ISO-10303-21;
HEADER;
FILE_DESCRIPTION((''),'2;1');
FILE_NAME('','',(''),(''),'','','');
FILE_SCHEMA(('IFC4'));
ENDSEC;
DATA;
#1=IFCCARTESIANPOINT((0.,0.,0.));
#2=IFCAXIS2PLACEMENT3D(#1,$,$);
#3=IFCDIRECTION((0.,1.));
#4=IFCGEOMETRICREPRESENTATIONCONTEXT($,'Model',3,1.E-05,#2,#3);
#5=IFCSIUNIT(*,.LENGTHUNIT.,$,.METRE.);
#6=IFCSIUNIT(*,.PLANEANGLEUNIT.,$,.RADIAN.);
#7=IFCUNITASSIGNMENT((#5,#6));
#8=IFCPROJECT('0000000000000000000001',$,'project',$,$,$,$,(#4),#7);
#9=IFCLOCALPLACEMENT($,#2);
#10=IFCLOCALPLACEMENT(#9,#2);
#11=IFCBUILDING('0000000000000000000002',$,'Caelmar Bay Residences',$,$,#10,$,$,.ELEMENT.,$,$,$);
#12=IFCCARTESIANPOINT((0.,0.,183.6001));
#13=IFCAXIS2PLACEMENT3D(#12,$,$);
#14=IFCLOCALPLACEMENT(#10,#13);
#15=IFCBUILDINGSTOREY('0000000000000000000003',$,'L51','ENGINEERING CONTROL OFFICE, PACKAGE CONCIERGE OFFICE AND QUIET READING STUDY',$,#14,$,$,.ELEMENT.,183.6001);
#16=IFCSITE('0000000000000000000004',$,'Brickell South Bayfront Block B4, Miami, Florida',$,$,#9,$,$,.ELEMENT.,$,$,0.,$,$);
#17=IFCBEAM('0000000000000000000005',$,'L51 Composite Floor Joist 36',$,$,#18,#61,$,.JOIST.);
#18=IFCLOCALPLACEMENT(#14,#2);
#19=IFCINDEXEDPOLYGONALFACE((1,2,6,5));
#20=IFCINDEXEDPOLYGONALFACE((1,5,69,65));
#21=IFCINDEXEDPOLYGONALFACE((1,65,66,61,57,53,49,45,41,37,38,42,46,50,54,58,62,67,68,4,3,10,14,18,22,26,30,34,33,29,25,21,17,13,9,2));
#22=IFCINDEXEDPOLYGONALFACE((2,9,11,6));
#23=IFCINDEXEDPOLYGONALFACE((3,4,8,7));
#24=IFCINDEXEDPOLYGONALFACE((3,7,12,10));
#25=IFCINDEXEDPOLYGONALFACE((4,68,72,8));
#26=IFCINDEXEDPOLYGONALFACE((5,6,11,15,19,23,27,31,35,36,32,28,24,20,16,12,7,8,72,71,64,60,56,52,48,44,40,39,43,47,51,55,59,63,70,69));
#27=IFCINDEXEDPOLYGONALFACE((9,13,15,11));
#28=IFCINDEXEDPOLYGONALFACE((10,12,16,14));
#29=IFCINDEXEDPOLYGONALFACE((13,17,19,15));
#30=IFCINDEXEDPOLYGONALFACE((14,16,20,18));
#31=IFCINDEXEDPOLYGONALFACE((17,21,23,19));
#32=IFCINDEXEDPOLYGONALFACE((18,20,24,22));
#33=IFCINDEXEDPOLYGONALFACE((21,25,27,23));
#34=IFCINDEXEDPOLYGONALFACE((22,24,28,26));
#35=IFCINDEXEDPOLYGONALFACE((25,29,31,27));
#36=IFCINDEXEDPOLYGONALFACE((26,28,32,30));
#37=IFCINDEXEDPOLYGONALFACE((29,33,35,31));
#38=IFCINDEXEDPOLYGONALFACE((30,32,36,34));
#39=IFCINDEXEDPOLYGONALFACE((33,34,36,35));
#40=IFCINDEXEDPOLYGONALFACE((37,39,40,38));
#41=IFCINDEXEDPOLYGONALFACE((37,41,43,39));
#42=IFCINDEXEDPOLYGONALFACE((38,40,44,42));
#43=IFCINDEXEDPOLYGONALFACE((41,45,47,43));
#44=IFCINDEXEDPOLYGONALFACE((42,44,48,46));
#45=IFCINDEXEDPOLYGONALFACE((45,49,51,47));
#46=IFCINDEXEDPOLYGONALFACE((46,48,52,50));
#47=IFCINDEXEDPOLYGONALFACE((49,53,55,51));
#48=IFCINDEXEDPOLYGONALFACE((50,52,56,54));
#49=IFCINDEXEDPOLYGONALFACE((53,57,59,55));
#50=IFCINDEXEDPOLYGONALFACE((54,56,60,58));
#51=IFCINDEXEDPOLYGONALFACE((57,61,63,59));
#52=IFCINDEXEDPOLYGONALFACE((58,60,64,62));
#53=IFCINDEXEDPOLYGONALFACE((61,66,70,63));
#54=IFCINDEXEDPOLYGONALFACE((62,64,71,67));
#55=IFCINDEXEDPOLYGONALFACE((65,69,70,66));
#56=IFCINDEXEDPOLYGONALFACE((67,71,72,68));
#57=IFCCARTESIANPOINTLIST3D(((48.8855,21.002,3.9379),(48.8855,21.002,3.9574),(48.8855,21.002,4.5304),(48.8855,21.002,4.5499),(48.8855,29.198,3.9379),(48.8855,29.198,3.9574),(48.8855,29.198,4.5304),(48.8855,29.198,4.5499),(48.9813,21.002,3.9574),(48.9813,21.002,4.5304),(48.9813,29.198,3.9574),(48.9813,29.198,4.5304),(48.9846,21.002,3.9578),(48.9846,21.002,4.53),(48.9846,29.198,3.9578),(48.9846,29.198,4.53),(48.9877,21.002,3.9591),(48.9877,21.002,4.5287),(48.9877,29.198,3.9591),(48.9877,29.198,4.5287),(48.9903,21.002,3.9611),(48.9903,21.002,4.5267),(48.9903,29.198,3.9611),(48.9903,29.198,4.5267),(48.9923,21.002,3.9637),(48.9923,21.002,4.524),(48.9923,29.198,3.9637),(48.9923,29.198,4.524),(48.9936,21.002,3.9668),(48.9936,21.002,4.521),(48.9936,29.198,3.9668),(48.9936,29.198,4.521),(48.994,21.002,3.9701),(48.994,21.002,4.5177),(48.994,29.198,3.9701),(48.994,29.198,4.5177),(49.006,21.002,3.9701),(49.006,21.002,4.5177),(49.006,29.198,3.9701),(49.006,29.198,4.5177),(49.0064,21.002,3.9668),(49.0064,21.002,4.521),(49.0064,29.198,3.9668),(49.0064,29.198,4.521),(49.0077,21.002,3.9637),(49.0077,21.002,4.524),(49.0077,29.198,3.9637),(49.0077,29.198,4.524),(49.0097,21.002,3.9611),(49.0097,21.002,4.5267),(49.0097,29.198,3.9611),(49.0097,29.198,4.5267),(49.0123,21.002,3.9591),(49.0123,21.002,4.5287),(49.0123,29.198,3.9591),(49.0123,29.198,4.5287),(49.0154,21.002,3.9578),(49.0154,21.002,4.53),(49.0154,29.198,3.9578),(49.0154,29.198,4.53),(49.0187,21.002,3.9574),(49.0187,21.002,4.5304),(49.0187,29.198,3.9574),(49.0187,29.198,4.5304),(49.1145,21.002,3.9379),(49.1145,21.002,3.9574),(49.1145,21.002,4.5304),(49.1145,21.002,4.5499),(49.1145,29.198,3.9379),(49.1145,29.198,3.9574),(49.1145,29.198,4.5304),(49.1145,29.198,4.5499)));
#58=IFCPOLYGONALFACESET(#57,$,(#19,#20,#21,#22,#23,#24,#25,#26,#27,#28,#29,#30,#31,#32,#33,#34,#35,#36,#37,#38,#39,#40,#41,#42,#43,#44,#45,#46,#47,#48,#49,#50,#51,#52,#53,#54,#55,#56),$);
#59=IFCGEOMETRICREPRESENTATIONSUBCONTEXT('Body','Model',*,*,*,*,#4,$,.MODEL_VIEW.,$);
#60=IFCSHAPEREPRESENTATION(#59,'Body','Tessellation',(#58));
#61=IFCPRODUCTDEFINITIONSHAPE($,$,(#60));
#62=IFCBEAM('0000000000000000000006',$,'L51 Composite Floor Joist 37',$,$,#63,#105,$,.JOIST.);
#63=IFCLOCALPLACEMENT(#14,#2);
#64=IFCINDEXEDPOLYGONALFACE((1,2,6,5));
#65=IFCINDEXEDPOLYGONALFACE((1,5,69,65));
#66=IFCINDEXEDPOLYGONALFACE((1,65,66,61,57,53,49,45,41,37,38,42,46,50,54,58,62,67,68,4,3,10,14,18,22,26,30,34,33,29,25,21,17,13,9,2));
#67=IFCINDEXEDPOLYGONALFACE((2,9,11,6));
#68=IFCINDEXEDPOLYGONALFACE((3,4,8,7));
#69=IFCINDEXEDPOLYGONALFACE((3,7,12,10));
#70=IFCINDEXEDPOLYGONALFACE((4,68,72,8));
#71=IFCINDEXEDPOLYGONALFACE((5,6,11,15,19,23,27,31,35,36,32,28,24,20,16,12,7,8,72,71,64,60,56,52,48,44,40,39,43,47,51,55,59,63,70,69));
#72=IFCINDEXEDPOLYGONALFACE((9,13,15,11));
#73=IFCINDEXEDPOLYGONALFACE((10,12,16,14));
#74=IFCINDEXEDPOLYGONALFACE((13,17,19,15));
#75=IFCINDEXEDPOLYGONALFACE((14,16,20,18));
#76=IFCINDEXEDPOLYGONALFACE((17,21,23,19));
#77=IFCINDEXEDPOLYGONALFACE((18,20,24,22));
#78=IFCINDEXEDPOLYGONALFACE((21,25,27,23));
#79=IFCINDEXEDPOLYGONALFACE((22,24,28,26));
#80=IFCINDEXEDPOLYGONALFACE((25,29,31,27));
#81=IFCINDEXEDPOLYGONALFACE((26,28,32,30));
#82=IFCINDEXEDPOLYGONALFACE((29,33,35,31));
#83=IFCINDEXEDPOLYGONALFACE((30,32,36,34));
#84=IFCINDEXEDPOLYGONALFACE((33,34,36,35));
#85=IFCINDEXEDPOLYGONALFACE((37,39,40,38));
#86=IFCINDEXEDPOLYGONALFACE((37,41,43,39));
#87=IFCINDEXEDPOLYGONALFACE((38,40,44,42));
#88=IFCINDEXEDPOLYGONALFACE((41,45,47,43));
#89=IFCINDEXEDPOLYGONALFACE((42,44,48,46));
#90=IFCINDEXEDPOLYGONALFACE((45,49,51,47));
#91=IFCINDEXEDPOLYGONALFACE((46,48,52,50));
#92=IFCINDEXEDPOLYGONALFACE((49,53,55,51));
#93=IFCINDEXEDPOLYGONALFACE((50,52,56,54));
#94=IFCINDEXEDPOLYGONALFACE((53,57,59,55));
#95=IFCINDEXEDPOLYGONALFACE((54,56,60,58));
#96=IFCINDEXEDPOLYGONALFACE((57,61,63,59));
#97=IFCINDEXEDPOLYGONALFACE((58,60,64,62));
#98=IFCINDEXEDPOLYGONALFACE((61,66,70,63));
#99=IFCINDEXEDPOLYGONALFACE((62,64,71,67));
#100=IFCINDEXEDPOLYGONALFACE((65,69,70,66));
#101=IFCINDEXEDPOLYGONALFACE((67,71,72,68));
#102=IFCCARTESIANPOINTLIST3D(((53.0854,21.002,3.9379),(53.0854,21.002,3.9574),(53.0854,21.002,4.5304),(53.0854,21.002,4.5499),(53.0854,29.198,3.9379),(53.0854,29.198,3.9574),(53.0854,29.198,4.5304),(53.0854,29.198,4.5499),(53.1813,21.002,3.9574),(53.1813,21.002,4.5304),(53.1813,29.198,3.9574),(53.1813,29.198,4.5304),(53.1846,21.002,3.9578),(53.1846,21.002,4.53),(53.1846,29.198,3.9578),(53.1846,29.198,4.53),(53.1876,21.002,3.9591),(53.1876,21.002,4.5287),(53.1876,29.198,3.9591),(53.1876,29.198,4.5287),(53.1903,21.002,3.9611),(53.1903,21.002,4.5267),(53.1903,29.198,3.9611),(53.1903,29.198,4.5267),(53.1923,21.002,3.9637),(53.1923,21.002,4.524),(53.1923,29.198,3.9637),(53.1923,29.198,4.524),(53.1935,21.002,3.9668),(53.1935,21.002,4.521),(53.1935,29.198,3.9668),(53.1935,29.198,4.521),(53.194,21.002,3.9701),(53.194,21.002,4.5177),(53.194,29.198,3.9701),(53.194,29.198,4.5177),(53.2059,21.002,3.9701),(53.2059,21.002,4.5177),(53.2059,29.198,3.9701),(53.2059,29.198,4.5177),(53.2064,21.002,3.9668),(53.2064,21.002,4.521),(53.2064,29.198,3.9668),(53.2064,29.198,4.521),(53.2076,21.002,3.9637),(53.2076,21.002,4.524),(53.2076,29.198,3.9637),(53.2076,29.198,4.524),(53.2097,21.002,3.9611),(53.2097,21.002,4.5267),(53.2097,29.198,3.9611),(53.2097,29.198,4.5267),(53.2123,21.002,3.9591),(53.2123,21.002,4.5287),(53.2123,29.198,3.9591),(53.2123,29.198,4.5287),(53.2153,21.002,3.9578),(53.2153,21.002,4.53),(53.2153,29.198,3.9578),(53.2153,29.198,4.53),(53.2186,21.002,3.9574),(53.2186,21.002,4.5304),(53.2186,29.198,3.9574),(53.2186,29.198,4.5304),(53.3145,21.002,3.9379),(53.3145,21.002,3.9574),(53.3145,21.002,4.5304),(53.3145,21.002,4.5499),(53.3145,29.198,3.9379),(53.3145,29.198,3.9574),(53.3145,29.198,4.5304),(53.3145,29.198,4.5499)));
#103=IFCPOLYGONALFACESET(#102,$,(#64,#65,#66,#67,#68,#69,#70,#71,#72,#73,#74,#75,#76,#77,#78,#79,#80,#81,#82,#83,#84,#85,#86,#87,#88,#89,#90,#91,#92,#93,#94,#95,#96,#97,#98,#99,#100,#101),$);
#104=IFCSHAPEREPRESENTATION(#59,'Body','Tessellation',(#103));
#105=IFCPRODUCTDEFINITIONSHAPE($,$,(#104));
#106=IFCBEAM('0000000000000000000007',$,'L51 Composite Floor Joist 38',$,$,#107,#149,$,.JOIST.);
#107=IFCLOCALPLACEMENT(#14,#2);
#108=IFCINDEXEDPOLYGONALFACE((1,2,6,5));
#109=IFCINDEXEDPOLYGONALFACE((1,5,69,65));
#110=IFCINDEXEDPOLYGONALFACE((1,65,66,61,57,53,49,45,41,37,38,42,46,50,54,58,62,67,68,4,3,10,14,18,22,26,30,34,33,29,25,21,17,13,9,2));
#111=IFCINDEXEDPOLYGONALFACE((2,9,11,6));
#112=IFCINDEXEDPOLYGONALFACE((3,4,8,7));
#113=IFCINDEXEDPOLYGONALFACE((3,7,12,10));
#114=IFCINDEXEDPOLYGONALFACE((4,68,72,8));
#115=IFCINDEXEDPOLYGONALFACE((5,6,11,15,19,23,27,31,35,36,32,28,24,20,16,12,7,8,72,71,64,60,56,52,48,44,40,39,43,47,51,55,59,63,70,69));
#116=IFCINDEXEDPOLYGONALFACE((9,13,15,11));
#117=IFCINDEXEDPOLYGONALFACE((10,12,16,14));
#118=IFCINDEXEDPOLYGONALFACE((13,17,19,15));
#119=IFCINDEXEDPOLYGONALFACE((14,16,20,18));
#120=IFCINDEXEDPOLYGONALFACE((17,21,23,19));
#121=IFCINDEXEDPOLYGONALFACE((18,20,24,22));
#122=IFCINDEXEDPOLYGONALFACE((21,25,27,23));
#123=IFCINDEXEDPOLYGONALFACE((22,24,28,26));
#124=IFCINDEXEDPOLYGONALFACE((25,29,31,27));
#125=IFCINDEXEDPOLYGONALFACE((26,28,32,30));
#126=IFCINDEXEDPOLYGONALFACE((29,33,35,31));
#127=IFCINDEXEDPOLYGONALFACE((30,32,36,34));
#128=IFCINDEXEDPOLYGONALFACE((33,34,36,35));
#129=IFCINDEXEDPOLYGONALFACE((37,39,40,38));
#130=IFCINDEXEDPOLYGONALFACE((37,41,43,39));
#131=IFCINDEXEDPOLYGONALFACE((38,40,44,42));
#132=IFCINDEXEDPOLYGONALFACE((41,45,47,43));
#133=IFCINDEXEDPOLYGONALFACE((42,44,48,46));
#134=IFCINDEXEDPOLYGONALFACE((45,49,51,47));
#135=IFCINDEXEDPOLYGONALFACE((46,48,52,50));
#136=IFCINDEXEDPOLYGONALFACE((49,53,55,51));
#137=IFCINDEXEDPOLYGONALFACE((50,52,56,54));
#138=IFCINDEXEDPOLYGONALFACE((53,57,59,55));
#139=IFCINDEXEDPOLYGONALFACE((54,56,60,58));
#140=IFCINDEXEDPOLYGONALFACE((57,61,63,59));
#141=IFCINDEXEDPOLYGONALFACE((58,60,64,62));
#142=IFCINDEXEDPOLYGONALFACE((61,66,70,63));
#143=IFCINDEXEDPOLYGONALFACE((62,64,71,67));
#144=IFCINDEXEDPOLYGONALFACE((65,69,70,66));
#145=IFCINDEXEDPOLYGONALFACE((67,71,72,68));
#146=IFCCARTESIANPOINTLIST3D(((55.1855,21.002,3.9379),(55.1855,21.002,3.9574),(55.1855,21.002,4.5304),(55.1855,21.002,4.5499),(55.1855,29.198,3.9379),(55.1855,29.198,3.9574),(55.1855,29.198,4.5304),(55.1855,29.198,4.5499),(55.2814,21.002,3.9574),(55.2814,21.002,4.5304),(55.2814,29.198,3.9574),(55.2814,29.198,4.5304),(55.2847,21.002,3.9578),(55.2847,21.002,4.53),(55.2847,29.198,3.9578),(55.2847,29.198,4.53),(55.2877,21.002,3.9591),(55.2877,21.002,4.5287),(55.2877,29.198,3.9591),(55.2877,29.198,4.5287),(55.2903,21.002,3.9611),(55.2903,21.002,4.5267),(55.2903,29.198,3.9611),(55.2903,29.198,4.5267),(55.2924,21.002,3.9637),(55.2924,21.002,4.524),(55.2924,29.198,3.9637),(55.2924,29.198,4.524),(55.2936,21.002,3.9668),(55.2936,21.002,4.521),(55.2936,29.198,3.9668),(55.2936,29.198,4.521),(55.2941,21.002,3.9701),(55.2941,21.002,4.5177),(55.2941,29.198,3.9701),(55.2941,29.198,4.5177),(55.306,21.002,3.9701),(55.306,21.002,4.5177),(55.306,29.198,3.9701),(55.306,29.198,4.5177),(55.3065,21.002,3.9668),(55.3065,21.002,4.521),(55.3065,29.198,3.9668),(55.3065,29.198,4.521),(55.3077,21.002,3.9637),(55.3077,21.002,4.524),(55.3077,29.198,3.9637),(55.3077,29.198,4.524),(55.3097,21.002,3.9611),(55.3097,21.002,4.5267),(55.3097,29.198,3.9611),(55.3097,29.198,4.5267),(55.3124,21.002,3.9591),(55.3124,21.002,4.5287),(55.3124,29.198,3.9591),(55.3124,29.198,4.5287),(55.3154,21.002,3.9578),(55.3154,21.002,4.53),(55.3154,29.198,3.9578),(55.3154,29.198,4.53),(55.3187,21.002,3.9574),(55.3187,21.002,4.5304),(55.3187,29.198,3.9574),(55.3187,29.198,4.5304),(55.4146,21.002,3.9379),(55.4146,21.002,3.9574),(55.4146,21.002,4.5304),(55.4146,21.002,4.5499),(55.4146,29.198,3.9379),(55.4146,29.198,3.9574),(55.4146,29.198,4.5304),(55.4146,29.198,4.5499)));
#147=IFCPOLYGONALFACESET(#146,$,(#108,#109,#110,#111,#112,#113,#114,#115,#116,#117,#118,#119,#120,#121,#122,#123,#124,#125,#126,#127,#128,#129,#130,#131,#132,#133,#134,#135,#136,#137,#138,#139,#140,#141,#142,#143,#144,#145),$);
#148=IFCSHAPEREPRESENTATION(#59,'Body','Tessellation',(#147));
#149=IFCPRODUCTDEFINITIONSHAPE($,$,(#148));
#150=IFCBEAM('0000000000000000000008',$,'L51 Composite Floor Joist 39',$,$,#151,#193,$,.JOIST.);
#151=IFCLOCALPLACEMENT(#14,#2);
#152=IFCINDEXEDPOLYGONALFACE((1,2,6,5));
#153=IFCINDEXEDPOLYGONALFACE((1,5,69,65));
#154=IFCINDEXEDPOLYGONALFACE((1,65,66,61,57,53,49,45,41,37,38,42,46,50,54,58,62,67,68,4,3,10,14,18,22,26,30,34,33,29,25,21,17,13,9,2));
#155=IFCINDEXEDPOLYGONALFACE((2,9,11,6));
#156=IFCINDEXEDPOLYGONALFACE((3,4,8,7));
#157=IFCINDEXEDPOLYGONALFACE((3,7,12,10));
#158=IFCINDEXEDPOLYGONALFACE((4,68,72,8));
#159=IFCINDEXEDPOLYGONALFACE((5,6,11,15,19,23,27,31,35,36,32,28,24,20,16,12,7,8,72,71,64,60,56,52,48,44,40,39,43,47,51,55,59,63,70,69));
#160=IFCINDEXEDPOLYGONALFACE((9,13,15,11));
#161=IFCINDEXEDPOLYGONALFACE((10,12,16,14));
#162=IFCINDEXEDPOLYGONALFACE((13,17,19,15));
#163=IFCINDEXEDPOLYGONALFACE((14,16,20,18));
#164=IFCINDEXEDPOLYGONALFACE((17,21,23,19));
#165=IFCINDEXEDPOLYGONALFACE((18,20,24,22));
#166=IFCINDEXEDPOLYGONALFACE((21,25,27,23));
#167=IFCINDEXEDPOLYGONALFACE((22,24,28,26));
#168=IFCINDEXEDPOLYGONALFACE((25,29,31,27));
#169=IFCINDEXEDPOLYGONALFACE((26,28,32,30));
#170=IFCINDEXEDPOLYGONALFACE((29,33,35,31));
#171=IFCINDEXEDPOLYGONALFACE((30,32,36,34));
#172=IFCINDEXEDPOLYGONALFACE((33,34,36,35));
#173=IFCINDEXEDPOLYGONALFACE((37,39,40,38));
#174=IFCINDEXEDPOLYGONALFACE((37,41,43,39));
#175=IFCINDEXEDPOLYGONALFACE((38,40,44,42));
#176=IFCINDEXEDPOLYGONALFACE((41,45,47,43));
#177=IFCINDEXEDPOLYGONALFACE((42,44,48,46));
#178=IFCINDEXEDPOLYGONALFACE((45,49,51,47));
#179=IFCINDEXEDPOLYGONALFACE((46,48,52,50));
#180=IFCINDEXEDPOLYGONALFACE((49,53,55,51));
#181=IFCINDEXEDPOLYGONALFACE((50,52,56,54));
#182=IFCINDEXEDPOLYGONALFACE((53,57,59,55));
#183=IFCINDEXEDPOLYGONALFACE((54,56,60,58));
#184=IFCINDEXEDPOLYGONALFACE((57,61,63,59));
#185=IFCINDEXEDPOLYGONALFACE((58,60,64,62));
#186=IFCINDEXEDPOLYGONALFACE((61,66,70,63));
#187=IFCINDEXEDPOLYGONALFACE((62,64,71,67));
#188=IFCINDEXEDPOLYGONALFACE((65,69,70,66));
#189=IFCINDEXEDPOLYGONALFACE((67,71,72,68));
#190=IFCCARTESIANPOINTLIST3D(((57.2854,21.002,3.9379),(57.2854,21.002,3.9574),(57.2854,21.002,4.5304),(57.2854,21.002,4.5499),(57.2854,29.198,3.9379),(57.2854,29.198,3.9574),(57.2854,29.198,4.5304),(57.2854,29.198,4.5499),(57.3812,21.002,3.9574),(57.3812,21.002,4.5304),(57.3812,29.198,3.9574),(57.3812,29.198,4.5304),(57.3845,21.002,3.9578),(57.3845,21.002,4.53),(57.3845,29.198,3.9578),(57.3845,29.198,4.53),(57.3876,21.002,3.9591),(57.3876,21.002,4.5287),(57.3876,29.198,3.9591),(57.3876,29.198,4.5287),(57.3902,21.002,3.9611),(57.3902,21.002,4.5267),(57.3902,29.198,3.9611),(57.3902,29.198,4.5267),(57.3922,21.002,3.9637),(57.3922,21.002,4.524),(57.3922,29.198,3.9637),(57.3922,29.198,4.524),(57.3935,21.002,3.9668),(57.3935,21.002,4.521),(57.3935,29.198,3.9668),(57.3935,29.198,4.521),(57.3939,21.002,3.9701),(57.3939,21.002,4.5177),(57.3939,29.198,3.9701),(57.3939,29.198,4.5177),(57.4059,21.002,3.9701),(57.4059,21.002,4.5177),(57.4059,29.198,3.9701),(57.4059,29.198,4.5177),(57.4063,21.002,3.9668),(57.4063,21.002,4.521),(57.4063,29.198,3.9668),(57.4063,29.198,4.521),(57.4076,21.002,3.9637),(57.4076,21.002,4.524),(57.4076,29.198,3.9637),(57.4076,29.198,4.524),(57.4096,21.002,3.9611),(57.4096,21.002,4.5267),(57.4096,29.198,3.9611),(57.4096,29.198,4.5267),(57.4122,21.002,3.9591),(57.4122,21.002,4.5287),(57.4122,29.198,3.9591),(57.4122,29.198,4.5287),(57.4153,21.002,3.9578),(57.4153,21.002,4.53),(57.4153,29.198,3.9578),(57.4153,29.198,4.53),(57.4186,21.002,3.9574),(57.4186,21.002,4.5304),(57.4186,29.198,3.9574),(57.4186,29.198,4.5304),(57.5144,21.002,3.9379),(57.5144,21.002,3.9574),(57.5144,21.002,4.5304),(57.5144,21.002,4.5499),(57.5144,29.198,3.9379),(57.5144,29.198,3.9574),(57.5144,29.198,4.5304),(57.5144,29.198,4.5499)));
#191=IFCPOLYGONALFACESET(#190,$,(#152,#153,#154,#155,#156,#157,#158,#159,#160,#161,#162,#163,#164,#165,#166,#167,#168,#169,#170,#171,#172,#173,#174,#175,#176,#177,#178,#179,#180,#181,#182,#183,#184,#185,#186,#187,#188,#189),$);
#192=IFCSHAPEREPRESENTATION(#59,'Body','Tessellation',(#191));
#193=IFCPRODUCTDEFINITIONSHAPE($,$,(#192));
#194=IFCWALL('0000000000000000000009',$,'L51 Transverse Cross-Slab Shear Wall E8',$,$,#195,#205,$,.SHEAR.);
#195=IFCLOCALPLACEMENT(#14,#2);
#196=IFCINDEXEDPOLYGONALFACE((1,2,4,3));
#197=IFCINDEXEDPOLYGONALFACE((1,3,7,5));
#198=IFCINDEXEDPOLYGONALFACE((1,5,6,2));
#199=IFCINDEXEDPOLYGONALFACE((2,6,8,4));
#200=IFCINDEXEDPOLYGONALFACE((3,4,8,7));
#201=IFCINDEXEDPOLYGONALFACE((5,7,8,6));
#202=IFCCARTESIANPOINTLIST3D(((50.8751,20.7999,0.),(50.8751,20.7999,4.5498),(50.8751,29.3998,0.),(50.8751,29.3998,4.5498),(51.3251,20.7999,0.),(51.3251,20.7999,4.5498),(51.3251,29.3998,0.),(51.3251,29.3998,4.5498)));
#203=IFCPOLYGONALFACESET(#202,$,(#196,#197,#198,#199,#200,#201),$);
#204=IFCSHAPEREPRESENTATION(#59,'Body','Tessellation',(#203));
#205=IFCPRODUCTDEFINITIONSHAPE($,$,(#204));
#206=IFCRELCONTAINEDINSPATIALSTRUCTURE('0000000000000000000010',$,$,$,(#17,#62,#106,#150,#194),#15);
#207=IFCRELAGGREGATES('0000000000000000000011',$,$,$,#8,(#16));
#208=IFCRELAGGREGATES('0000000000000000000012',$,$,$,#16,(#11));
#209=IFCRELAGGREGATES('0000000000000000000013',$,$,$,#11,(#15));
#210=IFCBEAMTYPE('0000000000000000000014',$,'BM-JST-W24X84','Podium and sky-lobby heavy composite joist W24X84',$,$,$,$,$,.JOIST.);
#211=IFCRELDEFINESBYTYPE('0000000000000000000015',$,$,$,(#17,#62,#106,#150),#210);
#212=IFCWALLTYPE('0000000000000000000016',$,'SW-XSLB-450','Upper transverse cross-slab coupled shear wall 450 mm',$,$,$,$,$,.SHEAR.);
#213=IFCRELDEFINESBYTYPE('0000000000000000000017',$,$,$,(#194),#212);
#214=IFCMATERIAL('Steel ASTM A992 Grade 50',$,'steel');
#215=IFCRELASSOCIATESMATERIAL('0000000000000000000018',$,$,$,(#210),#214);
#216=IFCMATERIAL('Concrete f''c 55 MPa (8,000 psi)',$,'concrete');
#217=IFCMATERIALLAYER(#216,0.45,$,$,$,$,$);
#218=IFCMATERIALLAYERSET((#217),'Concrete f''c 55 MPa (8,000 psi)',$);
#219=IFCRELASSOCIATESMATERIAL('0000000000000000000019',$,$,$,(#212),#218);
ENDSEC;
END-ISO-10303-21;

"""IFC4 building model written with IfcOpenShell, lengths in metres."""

from ifc_helpers import new_model, si_unit, direction, frame, frame_2d, origin, origin_2d, place, context, subcontext, project, spatial, rectangle, i_section, extrude, material, layer, layer_set, material_profile, profile_set, type_object, element, save


model = new_model("IFC4")

# Units and contexts
model_context = context("Model", 3, precision=1e-05, world=origin(), true_north=direction((0.0, 1.0)))
body_context = subcontext(model_context, "Body", "Model", "MODEL_VIEW")
ifc_project = project(units=[si_unit("LENGTHUNIT", "METRE"), si_unit("PLANEANGLEUNIT", "RADIAN")], contexts=[model_context])

# Site, building, storey
site_placement = place(None, origin())
site = spatial("IfcSite", under=ifc_project, at=site_placement, Name="Brickell South Bayfront Block B4, Miami, Florida", CompositionType="ELEMENT", RefElevation=0.0)
building_placement = place(site_placement, origin())
building = spatial("IfcBuilding", under=site, at=building_placement, Name="Caelmar Bay Residences", CompositionType="ELEMENT")
storey_placement = place(building_placement, frame((0.0, 0.0, 183.6001)))
storey = spatial("IfcBuildingStorey", under=building, at=storey_placement, Name="L51", Description="ENGINEERING CONTROL OFFICE, PACKAGE CONCIERGE OFFICE AND QUIET READING STUDY", CompositionType="ELEMENT", Elevation=183.6001)

# Shared definitions
ifc_material_1 = material(Name="Concrete f'c 55 MPa (8,000 psi)", Category="concrete")

# Beams
ifc_material_2 = material(Name="Steel ASTM A992 Grade 50", Category="steel")
ifc_material_profile_1 = material_profile(ifc_material_2, i_section(OverallWidth=0.229, OverallDepth=0.6121, WebThickness=0.012, FlangeThickness=0.0195, FilletRadius=0.0127, at=origin_2d()), Name="W24X84")
ifc_profile_set_1 = profile_set([ifc_material_profile_1], Name="Steel ASTM A992 Grade 50")
beam_type_1 = type_object("IfcBeamType", Name="BM-JST-W24X84", Description="Podium and sky-lobby heavy composite joist W24X84", PredefinedType="JOIST", material=ifc_profile_set_1)
for number, where, z_axis, x_axis, name in (
    (1, (49.0, 21.002, 4.2439), (0.0, 1.0, 0.0), (-1.0, 0.0, 0.0), "L51 Composite Floor Joist 36"),
    (2, (53.2, 21.002, 4.2439), (0.0, 1.0, 0.0), (-1.0, 0.0, 0.0), "L51 Composite Floor Joist 37"),
    (3, (55.3, 21.002, 4.2439), (0.0, 1.0, 0.0), (-1.0, 0.0, 0.0), "L51 Composite Floor Joist 38"),
    (4, (57.3999, 21.002, 4.2439), (0.0, 1.0, 0.0), (-1.0, 0.0, 0.0), "L51 Composite Floor Joist 39"),
):
    element("IfcBeam", number, at=place(storey_placement, frame(where, z_axis=z_axis, x_axis=x_axis)), inside=storey, type_object=beam_type_1, Name=name, PredefinedType="JOIST", context=body_context, shape_type="SweptSolid", body=[
        extrude(i_section(OverallWidth=0.229, OverallDepth=0.6121, WebThickness=0.012, FlangeThickness=0.0195, FilletRadius=0.0127, at=origin_2d()), origin(), (0.0, 0.0, 1.0), 8.196),
    ])

# Wall
ifc_layer_1 = layer(ifc_material_1, 0.45)
ifc_layer_set_1 = layer_set([ifc_layer_1], Name="Concrete f'c 55 MPa (8,000 psi)")
wall_type_1 = type_object("IfcWallType", Name="SW-XSLB-450", Description="Upper transverse cross-slab coupled shear wall 450 mm", PredefinedType="SHEAR", material=ifc_layer_set_1)
wall_1_placement = place(storey_placement, frame((51.1001, 20.8, 0.0), z_axis=(0.0, 0.0, 1.0), x_axis=(0.0, 1.0, 0.0)))
element("IfcWall", 5, at=wall_1_placement, inside=storey, type_object=wall_type_1, Name="L51 Transverse Cross-Slab Shear Wall E8", PredefinedType="SHEAR", context=body_context, shape_type="SweptSolid", body=[
    extrude(rectangle(XDim=8.5999, YDim=0.45, at=frame_2d((4.2998, 0.0))), origin(), (0.0, 0.0, 1.0), 4.5498),
])

save(model, "model.ifc")
